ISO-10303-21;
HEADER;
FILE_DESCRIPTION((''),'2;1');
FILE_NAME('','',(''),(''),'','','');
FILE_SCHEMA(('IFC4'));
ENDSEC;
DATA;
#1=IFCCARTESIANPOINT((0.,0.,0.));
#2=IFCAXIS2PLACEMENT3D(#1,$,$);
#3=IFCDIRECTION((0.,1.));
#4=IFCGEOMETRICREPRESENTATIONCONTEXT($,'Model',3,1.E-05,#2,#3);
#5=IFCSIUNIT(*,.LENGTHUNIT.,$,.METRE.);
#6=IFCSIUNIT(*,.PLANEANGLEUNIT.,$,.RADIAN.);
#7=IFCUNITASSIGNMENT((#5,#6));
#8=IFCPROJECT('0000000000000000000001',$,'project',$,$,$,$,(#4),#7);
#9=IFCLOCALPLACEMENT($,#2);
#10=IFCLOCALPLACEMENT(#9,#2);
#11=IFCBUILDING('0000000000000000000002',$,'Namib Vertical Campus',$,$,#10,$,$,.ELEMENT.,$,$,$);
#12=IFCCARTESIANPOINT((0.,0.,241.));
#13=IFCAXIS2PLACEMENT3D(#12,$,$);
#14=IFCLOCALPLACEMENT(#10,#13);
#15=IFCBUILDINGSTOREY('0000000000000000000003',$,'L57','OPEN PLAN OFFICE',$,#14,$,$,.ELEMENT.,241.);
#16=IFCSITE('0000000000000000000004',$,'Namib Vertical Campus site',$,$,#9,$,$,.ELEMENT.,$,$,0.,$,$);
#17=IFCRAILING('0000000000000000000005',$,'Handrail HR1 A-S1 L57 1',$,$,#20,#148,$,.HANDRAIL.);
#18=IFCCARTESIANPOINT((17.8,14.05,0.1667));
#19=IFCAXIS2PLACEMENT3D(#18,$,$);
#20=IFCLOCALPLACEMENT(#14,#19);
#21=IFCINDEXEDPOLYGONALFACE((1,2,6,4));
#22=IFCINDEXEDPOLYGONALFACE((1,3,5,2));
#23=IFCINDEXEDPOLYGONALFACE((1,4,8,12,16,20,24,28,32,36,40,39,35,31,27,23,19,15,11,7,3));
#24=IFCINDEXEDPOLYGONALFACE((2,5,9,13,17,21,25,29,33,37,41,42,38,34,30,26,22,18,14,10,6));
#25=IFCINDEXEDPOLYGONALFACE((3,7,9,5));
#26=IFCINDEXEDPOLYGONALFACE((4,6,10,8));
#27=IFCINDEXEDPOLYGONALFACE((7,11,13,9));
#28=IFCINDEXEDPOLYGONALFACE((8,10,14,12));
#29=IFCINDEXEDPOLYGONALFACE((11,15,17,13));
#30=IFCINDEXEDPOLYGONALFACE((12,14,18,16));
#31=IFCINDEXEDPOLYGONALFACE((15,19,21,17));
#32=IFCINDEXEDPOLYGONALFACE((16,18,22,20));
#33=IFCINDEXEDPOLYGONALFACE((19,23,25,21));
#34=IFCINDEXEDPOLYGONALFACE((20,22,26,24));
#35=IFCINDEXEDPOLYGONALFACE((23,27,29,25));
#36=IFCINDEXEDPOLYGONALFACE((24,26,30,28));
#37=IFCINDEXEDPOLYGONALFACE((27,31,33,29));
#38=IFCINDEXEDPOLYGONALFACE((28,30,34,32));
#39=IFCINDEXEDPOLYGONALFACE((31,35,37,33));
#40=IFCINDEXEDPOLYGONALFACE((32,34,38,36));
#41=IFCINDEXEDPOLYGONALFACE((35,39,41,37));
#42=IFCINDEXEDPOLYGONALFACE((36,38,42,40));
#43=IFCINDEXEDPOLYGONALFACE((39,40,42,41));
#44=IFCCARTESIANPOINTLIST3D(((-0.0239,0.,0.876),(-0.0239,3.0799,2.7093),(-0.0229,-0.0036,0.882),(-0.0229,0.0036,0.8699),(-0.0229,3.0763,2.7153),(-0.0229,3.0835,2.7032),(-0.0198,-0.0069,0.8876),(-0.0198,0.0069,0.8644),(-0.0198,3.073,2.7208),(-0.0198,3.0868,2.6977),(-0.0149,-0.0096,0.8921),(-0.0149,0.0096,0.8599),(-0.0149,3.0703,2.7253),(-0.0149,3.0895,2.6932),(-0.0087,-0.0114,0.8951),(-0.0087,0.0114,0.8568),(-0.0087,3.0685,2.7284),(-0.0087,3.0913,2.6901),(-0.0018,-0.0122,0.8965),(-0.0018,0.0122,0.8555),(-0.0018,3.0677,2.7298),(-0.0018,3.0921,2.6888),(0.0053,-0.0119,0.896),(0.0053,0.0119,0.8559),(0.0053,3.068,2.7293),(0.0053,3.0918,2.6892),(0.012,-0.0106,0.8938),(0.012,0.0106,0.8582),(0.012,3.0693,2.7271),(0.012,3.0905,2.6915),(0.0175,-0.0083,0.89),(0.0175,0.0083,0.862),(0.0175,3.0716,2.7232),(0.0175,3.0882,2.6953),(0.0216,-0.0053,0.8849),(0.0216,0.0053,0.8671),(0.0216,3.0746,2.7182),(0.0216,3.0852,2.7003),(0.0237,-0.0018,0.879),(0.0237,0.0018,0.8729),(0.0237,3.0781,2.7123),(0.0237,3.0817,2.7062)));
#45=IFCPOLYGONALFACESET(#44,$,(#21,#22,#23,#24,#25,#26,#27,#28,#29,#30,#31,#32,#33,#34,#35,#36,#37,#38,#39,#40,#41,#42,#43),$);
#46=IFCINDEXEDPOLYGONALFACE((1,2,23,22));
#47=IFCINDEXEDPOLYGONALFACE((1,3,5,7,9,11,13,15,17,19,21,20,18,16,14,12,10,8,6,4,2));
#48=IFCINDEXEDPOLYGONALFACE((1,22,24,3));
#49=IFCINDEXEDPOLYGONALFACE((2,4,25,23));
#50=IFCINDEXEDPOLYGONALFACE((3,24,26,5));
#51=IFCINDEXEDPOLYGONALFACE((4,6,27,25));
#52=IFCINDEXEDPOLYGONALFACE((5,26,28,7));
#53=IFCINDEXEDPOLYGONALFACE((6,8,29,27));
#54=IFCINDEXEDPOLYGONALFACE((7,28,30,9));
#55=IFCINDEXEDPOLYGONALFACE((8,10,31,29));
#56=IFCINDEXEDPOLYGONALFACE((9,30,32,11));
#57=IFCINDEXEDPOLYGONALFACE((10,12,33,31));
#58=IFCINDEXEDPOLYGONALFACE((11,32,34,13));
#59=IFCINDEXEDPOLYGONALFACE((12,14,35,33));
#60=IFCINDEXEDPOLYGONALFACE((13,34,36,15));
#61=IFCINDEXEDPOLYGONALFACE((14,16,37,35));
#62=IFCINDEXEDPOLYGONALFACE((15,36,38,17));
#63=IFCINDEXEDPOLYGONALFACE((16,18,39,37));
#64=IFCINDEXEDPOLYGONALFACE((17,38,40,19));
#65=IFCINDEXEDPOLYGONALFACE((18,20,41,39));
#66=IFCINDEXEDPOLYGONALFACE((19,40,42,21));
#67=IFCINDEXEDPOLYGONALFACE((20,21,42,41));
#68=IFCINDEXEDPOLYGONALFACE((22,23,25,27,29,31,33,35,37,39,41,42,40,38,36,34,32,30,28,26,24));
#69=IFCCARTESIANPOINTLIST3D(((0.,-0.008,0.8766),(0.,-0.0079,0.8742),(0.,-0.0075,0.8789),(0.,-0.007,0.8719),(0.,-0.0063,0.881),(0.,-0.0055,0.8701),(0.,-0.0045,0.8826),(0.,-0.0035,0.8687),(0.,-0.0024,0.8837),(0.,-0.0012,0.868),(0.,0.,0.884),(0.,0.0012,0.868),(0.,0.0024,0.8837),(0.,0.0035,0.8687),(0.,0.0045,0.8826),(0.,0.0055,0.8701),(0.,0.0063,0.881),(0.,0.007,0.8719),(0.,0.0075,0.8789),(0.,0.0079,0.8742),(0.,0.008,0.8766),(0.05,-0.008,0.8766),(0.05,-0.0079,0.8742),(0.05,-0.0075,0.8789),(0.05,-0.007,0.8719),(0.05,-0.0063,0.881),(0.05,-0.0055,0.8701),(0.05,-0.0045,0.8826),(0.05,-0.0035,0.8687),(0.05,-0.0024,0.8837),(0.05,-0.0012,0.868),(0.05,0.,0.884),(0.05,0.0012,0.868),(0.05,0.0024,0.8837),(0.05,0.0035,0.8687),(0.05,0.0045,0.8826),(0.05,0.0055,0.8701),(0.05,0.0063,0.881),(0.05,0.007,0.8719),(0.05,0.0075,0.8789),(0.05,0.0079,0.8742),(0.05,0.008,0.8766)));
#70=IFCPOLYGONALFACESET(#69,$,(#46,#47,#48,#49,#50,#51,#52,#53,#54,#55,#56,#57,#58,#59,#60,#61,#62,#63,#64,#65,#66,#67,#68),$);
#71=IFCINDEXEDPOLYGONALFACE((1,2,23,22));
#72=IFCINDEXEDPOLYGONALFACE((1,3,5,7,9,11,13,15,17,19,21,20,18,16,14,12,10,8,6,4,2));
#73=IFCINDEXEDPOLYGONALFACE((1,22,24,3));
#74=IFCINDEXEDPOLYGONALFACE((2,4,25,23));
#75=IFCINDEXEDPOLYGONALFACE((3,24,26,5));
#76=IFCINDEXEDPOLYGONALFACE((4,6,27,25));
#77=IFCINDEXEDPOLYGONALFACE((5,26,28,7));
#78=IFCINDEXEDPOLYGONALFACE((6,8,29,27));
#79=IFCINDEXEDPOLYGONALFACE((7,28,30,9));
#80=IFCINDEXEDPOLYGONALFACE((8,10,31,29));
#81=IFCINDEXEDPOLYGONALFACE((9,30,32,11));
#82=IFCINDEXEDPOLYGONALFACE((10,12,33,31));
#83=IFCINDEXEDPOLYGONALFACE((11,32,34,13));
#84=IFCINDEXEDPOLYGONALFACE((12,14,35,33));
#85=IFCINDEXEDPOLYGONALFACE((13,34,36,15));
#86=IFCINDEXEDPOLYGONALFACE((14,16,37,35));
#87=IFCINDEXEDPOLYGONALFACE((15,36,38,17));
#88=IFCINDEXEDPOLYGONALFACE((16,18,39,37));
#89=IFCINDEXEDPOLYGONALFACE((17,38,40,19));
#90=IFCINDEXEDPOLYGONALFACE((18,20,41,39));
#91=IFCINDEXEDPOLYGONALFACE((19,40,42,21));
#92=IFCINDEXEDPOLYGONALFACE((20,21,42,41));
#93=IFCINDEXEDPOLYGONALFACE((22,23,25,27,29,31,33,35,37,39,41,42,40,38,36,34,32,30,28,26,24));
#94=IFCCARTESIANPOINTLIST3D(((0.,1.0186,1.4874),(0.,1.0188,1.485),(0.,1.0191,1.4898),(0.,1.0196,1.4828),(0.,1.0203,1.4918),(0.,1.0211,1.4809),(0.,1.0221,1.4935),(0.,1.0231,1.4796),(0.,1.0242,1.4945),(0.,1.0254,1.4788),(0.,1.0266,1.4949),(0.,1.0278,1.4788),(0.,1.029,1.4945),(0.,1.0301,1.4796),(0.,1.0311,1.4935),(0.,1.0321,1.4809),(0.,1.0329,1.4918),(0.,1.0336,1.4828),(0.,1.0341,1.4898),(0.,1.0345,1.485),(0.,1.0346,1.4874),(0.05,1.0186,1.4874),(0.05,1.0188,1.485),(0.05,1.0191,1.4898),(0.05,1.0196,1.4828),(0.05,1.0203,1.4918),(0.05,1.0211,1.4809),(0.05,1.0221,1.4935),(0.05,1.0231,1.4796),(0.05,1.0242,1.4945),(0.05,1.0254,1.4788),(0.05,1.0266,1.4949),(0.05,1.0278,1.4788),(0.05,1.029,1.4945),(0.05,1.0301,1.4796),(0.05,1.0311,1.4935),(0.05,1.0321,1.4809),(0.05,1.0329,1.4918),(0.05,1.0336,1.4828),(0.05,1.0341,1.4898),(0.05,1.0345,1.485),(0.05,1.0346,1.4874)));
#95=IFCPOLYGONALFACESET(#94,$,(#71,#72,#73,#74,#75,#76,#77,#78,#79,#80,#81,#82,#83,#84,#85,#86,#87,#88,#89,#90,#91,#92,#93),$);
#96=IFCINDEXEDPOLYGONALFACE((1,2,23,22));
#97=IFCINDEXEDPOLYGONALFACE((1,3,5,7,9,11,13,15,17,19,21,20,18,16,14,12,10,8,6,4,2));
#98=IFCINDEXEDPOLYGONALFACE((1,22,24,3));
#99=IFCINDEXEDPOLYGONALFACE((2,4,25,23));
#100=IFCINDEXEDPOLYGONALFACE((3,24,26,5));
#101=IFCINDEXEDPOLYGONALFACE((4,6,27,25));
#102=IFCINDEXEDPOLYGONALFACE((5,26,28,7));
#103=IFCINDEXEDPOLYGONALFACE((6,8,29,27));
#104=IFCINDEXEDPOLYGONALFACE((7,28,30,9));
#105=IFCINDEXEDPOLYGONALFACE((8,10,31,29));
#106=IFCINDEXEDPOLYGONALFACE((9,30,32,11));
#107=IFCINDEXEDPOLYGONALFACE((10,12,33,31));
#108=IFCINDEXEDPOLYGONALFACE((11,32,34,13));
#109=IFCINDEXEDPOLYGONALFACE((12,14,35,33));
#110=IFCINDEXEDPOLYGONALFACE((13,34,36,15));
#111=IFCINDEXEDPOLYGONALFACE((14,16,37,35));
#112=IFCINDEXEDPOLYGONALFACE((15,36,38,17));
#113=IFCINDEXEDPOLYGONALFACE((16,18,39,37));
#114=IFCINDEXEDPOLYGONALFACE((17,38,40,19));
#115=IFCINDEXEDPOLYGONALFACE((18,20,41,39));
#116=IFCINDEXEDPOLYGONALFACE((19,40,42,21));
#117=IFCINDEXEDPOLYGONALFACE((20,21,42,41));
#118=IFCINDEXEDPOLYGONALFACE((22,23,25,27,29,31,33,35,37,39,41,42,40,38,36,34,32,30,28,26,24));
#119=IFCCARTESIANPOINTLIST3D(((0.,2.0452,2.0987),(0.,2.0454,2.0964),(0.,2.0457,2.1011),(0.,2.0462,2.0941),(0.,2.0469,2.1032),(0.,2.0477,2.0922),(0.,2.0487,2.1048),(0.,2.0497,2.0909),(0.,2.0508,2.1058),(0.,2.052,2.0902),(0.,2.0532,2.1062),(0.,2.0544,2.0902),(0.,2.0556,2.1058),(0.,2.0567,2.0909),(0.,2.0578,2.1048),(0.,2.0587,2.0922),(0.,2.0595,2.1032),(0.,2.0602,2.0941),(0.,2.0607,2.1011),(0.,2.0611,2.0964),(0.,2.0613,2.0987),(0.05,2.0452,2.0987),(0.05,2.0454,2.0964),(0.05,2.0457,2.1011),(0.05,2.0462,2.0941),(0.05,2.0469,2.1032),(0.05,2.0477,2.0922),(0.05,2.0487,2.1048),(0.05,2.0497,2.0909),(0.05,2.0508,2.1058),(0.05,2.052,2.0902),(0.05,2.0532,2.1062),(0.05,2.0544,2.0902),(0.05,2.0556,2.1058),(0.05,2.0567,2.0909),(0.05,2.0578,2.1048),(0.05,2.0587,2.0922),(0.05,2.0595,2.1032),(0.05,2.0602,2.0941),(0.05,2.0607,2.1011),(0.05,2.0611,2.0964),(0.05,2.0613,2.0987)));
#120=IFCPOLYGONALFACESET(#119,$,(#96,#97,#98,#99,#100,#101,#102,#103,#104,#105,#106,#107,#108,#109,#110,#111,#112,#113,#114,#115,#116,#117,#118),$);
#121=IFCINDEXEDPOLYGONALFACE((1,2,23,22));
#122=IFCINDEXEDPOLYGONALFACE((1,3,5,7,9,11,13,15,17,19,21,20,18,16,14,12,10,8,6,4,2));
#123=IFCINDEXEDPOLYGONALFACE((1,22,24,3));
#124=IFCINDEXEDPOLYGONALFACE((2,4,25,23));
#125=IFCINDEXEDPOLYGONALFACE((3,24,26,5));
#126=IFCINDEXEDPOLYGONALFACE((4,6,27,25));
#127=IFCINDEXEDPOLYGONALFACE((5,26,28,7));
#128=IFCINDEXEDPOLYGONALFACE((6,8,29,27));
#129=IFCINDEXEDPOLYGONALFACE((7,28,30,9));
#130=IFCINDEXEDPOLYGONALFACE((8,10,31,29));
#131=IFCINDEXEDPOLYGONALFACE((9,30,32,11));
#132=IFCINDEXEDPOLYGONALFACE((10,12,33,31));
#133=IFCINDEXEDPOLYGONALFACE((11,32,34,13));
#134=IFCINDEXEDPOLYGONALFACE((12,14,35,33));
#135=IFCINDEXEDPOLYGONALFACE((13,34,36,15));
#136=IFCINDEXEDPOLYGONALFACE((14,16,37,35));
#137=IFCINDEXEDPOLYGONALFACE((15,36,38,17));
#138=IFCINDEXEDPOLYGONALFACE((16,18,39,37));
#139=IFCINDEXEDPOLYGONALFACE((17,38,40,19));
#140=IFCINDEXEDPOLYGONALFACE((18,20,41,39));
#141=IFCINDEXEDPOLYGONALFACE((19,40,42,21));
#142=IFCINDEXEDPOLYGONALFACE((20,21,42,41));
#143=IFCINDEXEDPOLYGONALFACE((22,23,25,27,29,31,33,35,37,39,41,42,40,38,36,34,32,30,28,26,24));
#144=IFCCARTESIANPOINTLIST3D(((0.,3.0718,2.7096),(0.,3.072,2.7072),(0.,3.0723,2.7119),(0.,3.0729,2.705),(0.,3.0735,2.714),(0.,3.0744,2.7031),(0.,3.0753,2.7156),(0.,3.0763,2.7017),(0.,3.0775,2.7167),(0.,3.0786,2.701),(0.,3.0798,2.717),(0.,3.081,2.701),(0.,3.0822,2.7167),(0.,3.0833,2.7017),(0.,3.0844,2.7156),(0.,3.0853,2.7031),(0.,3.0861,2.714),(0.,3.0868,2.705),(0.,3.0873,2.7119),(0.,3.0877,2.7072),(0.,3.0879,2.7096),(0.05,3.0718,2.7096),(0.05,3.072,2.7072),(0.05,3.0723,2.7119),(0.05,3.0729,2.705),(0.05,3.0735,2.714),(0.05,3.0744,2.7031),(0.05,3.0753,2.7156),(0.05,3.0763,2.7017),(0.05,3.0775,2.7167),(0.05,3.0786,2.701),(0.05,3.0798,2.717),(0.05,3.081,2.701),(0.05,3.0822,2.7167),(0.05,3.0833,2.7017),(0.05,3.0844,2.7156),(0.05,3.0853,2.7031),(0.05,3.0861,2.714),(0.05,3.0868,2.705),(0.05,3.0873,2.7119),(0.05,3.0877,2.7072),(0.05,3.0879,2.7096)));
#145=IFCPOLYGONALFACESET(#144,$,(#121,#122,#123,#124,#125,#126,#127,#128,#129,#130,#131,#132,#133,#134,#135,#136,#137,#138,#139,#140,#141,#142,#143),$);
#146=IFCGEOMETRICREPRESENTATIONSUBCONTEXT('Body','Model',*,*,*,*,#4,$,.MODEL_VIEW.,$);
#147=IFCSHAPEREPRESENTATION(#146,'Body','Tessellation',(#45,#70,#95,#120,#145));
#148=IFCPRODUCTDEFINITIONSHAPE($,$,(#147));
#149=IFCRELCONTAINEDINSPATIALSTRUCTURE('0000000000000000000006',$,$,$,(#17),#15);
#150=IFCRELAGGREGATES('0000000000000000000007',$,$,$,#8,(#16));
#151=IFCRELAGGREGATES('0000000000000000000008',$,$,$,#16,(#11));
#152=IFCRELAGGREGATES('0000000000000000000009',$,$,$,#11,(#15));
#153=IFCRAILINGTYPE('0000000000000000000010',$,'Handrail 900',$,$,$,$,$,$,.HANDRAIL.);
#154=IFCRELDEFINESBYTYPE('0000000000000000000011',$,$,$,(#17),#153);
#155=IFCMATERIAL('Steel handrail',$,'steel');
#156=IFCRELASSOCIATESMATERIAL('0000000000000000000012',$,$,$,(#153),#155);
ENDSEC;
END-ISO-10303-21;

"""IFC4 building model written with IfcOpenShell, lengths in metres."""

from ifc_helpers import new_model, si_unit, direction, frame, origin, origin_2d, place, context, subcontext, project, spatial, circle, extrude, material, type_object, element, save


model = new_model("IFC4")

# Units and contexts
model_context = context("Model", 3, precision=1e-05, world=origin(), true_north=direction((0.0, 1.0)))
body_context = subcontext(model_context, "Body", "Model", "MODEL_VIEW")
ifc_project = project(units=[si_unit("LENGTHUNIT", "METRE"), si_unit("PLANEANGLEUNIT", "RADIAN")], contexts=[model_context])

# Site, building, storey
site_placement = place(None, origin())
site = spatial("IfcSite", under=ifc_project, at=site_placement, Name="Namib Vertical Campus site", CompositionType="ELEMENT", RefElevation=0.0)
building_placement = place(site_placement, origin())
building = spatial("IfcBuilding", under=site, at=building_placement, Name="Namib Vertical Campus", CompositionType="ELEMENT")
storey_placement = place(building_placement, frame((0.0, 0.0, 241.0)))
storey = spatial("IfcBuildingStorey", under=building, at=storey_placement, Name="L57", Description="OPEN PLAN OFFICE", CompositionType="ELEMENT", Elevation=241.0)

# Railing
ifc_material_1 = material(Name="Steel handrail", Category="steel")
railing_type_1 = type_object("IfcRailingType", Name="Handrail 900", PredefinedType="HANDRAIL", material=ifc_material_1)
railing_1_placement = place(storey_placement, frame((17.8, 14.05, 0.1667)))
element("IfcRailing", 1, at=railing_1_placement, inside=storey, type_object=railing_type_1, Name="Handrail HR1 A-S1 L57 1", PredefinedType="HANDRAIL", context=body_context, shape_type="SweptSolid", body=[
    extrude(circle(Radius=0.0239, at=origin_2d()), frame((0.0, 0.0, 0.876), z_axis=(0.0, 0.859291, 0.511487), x_axis=(-1.0, 0.0, 0.0)), (0.0, 0.0, 1.0), 3.5842),
    extrude(circle(Radius=0.0081, at=origin_2d()), frame((0.0, 0.0, 0.876), z_axis=(1.0, 0.0, 0.0), x_axis=(0.0, 0.0, 1.0)), (0.0, 0.0, 1.0), 0.05),
    extrude(circle(Radius=0.0081, at=origin_2d()), frame((0.0, 1.0266, 1.4868), z_axis=(1.0, 0.0, 0.0), x_axis=(0.0, 0.0, 1.0)), (0.0, 0.0, 1.0), 0.05),
    extrude(circle(Radius=0.0081, at=origin_2d()), frame((0.0, 2.0532, 2.0981), z_axis=(1.0, 0.0, 0.0), x_axis=(0.0, 0.0, 1.0)), (0.0, 0.0, 1.0), 0.05),
    extrude(circle(Radius=0.0081, at=origin_2d()), frame((0.0, 3.0798, 2.709), z_axis=(1.0, 0.0, 0.0), x_axis=(0.0, 0.0, 1.0)), (0.0, 0.0, 1.0), 0.05),
])

save(model, "model.ifc")
